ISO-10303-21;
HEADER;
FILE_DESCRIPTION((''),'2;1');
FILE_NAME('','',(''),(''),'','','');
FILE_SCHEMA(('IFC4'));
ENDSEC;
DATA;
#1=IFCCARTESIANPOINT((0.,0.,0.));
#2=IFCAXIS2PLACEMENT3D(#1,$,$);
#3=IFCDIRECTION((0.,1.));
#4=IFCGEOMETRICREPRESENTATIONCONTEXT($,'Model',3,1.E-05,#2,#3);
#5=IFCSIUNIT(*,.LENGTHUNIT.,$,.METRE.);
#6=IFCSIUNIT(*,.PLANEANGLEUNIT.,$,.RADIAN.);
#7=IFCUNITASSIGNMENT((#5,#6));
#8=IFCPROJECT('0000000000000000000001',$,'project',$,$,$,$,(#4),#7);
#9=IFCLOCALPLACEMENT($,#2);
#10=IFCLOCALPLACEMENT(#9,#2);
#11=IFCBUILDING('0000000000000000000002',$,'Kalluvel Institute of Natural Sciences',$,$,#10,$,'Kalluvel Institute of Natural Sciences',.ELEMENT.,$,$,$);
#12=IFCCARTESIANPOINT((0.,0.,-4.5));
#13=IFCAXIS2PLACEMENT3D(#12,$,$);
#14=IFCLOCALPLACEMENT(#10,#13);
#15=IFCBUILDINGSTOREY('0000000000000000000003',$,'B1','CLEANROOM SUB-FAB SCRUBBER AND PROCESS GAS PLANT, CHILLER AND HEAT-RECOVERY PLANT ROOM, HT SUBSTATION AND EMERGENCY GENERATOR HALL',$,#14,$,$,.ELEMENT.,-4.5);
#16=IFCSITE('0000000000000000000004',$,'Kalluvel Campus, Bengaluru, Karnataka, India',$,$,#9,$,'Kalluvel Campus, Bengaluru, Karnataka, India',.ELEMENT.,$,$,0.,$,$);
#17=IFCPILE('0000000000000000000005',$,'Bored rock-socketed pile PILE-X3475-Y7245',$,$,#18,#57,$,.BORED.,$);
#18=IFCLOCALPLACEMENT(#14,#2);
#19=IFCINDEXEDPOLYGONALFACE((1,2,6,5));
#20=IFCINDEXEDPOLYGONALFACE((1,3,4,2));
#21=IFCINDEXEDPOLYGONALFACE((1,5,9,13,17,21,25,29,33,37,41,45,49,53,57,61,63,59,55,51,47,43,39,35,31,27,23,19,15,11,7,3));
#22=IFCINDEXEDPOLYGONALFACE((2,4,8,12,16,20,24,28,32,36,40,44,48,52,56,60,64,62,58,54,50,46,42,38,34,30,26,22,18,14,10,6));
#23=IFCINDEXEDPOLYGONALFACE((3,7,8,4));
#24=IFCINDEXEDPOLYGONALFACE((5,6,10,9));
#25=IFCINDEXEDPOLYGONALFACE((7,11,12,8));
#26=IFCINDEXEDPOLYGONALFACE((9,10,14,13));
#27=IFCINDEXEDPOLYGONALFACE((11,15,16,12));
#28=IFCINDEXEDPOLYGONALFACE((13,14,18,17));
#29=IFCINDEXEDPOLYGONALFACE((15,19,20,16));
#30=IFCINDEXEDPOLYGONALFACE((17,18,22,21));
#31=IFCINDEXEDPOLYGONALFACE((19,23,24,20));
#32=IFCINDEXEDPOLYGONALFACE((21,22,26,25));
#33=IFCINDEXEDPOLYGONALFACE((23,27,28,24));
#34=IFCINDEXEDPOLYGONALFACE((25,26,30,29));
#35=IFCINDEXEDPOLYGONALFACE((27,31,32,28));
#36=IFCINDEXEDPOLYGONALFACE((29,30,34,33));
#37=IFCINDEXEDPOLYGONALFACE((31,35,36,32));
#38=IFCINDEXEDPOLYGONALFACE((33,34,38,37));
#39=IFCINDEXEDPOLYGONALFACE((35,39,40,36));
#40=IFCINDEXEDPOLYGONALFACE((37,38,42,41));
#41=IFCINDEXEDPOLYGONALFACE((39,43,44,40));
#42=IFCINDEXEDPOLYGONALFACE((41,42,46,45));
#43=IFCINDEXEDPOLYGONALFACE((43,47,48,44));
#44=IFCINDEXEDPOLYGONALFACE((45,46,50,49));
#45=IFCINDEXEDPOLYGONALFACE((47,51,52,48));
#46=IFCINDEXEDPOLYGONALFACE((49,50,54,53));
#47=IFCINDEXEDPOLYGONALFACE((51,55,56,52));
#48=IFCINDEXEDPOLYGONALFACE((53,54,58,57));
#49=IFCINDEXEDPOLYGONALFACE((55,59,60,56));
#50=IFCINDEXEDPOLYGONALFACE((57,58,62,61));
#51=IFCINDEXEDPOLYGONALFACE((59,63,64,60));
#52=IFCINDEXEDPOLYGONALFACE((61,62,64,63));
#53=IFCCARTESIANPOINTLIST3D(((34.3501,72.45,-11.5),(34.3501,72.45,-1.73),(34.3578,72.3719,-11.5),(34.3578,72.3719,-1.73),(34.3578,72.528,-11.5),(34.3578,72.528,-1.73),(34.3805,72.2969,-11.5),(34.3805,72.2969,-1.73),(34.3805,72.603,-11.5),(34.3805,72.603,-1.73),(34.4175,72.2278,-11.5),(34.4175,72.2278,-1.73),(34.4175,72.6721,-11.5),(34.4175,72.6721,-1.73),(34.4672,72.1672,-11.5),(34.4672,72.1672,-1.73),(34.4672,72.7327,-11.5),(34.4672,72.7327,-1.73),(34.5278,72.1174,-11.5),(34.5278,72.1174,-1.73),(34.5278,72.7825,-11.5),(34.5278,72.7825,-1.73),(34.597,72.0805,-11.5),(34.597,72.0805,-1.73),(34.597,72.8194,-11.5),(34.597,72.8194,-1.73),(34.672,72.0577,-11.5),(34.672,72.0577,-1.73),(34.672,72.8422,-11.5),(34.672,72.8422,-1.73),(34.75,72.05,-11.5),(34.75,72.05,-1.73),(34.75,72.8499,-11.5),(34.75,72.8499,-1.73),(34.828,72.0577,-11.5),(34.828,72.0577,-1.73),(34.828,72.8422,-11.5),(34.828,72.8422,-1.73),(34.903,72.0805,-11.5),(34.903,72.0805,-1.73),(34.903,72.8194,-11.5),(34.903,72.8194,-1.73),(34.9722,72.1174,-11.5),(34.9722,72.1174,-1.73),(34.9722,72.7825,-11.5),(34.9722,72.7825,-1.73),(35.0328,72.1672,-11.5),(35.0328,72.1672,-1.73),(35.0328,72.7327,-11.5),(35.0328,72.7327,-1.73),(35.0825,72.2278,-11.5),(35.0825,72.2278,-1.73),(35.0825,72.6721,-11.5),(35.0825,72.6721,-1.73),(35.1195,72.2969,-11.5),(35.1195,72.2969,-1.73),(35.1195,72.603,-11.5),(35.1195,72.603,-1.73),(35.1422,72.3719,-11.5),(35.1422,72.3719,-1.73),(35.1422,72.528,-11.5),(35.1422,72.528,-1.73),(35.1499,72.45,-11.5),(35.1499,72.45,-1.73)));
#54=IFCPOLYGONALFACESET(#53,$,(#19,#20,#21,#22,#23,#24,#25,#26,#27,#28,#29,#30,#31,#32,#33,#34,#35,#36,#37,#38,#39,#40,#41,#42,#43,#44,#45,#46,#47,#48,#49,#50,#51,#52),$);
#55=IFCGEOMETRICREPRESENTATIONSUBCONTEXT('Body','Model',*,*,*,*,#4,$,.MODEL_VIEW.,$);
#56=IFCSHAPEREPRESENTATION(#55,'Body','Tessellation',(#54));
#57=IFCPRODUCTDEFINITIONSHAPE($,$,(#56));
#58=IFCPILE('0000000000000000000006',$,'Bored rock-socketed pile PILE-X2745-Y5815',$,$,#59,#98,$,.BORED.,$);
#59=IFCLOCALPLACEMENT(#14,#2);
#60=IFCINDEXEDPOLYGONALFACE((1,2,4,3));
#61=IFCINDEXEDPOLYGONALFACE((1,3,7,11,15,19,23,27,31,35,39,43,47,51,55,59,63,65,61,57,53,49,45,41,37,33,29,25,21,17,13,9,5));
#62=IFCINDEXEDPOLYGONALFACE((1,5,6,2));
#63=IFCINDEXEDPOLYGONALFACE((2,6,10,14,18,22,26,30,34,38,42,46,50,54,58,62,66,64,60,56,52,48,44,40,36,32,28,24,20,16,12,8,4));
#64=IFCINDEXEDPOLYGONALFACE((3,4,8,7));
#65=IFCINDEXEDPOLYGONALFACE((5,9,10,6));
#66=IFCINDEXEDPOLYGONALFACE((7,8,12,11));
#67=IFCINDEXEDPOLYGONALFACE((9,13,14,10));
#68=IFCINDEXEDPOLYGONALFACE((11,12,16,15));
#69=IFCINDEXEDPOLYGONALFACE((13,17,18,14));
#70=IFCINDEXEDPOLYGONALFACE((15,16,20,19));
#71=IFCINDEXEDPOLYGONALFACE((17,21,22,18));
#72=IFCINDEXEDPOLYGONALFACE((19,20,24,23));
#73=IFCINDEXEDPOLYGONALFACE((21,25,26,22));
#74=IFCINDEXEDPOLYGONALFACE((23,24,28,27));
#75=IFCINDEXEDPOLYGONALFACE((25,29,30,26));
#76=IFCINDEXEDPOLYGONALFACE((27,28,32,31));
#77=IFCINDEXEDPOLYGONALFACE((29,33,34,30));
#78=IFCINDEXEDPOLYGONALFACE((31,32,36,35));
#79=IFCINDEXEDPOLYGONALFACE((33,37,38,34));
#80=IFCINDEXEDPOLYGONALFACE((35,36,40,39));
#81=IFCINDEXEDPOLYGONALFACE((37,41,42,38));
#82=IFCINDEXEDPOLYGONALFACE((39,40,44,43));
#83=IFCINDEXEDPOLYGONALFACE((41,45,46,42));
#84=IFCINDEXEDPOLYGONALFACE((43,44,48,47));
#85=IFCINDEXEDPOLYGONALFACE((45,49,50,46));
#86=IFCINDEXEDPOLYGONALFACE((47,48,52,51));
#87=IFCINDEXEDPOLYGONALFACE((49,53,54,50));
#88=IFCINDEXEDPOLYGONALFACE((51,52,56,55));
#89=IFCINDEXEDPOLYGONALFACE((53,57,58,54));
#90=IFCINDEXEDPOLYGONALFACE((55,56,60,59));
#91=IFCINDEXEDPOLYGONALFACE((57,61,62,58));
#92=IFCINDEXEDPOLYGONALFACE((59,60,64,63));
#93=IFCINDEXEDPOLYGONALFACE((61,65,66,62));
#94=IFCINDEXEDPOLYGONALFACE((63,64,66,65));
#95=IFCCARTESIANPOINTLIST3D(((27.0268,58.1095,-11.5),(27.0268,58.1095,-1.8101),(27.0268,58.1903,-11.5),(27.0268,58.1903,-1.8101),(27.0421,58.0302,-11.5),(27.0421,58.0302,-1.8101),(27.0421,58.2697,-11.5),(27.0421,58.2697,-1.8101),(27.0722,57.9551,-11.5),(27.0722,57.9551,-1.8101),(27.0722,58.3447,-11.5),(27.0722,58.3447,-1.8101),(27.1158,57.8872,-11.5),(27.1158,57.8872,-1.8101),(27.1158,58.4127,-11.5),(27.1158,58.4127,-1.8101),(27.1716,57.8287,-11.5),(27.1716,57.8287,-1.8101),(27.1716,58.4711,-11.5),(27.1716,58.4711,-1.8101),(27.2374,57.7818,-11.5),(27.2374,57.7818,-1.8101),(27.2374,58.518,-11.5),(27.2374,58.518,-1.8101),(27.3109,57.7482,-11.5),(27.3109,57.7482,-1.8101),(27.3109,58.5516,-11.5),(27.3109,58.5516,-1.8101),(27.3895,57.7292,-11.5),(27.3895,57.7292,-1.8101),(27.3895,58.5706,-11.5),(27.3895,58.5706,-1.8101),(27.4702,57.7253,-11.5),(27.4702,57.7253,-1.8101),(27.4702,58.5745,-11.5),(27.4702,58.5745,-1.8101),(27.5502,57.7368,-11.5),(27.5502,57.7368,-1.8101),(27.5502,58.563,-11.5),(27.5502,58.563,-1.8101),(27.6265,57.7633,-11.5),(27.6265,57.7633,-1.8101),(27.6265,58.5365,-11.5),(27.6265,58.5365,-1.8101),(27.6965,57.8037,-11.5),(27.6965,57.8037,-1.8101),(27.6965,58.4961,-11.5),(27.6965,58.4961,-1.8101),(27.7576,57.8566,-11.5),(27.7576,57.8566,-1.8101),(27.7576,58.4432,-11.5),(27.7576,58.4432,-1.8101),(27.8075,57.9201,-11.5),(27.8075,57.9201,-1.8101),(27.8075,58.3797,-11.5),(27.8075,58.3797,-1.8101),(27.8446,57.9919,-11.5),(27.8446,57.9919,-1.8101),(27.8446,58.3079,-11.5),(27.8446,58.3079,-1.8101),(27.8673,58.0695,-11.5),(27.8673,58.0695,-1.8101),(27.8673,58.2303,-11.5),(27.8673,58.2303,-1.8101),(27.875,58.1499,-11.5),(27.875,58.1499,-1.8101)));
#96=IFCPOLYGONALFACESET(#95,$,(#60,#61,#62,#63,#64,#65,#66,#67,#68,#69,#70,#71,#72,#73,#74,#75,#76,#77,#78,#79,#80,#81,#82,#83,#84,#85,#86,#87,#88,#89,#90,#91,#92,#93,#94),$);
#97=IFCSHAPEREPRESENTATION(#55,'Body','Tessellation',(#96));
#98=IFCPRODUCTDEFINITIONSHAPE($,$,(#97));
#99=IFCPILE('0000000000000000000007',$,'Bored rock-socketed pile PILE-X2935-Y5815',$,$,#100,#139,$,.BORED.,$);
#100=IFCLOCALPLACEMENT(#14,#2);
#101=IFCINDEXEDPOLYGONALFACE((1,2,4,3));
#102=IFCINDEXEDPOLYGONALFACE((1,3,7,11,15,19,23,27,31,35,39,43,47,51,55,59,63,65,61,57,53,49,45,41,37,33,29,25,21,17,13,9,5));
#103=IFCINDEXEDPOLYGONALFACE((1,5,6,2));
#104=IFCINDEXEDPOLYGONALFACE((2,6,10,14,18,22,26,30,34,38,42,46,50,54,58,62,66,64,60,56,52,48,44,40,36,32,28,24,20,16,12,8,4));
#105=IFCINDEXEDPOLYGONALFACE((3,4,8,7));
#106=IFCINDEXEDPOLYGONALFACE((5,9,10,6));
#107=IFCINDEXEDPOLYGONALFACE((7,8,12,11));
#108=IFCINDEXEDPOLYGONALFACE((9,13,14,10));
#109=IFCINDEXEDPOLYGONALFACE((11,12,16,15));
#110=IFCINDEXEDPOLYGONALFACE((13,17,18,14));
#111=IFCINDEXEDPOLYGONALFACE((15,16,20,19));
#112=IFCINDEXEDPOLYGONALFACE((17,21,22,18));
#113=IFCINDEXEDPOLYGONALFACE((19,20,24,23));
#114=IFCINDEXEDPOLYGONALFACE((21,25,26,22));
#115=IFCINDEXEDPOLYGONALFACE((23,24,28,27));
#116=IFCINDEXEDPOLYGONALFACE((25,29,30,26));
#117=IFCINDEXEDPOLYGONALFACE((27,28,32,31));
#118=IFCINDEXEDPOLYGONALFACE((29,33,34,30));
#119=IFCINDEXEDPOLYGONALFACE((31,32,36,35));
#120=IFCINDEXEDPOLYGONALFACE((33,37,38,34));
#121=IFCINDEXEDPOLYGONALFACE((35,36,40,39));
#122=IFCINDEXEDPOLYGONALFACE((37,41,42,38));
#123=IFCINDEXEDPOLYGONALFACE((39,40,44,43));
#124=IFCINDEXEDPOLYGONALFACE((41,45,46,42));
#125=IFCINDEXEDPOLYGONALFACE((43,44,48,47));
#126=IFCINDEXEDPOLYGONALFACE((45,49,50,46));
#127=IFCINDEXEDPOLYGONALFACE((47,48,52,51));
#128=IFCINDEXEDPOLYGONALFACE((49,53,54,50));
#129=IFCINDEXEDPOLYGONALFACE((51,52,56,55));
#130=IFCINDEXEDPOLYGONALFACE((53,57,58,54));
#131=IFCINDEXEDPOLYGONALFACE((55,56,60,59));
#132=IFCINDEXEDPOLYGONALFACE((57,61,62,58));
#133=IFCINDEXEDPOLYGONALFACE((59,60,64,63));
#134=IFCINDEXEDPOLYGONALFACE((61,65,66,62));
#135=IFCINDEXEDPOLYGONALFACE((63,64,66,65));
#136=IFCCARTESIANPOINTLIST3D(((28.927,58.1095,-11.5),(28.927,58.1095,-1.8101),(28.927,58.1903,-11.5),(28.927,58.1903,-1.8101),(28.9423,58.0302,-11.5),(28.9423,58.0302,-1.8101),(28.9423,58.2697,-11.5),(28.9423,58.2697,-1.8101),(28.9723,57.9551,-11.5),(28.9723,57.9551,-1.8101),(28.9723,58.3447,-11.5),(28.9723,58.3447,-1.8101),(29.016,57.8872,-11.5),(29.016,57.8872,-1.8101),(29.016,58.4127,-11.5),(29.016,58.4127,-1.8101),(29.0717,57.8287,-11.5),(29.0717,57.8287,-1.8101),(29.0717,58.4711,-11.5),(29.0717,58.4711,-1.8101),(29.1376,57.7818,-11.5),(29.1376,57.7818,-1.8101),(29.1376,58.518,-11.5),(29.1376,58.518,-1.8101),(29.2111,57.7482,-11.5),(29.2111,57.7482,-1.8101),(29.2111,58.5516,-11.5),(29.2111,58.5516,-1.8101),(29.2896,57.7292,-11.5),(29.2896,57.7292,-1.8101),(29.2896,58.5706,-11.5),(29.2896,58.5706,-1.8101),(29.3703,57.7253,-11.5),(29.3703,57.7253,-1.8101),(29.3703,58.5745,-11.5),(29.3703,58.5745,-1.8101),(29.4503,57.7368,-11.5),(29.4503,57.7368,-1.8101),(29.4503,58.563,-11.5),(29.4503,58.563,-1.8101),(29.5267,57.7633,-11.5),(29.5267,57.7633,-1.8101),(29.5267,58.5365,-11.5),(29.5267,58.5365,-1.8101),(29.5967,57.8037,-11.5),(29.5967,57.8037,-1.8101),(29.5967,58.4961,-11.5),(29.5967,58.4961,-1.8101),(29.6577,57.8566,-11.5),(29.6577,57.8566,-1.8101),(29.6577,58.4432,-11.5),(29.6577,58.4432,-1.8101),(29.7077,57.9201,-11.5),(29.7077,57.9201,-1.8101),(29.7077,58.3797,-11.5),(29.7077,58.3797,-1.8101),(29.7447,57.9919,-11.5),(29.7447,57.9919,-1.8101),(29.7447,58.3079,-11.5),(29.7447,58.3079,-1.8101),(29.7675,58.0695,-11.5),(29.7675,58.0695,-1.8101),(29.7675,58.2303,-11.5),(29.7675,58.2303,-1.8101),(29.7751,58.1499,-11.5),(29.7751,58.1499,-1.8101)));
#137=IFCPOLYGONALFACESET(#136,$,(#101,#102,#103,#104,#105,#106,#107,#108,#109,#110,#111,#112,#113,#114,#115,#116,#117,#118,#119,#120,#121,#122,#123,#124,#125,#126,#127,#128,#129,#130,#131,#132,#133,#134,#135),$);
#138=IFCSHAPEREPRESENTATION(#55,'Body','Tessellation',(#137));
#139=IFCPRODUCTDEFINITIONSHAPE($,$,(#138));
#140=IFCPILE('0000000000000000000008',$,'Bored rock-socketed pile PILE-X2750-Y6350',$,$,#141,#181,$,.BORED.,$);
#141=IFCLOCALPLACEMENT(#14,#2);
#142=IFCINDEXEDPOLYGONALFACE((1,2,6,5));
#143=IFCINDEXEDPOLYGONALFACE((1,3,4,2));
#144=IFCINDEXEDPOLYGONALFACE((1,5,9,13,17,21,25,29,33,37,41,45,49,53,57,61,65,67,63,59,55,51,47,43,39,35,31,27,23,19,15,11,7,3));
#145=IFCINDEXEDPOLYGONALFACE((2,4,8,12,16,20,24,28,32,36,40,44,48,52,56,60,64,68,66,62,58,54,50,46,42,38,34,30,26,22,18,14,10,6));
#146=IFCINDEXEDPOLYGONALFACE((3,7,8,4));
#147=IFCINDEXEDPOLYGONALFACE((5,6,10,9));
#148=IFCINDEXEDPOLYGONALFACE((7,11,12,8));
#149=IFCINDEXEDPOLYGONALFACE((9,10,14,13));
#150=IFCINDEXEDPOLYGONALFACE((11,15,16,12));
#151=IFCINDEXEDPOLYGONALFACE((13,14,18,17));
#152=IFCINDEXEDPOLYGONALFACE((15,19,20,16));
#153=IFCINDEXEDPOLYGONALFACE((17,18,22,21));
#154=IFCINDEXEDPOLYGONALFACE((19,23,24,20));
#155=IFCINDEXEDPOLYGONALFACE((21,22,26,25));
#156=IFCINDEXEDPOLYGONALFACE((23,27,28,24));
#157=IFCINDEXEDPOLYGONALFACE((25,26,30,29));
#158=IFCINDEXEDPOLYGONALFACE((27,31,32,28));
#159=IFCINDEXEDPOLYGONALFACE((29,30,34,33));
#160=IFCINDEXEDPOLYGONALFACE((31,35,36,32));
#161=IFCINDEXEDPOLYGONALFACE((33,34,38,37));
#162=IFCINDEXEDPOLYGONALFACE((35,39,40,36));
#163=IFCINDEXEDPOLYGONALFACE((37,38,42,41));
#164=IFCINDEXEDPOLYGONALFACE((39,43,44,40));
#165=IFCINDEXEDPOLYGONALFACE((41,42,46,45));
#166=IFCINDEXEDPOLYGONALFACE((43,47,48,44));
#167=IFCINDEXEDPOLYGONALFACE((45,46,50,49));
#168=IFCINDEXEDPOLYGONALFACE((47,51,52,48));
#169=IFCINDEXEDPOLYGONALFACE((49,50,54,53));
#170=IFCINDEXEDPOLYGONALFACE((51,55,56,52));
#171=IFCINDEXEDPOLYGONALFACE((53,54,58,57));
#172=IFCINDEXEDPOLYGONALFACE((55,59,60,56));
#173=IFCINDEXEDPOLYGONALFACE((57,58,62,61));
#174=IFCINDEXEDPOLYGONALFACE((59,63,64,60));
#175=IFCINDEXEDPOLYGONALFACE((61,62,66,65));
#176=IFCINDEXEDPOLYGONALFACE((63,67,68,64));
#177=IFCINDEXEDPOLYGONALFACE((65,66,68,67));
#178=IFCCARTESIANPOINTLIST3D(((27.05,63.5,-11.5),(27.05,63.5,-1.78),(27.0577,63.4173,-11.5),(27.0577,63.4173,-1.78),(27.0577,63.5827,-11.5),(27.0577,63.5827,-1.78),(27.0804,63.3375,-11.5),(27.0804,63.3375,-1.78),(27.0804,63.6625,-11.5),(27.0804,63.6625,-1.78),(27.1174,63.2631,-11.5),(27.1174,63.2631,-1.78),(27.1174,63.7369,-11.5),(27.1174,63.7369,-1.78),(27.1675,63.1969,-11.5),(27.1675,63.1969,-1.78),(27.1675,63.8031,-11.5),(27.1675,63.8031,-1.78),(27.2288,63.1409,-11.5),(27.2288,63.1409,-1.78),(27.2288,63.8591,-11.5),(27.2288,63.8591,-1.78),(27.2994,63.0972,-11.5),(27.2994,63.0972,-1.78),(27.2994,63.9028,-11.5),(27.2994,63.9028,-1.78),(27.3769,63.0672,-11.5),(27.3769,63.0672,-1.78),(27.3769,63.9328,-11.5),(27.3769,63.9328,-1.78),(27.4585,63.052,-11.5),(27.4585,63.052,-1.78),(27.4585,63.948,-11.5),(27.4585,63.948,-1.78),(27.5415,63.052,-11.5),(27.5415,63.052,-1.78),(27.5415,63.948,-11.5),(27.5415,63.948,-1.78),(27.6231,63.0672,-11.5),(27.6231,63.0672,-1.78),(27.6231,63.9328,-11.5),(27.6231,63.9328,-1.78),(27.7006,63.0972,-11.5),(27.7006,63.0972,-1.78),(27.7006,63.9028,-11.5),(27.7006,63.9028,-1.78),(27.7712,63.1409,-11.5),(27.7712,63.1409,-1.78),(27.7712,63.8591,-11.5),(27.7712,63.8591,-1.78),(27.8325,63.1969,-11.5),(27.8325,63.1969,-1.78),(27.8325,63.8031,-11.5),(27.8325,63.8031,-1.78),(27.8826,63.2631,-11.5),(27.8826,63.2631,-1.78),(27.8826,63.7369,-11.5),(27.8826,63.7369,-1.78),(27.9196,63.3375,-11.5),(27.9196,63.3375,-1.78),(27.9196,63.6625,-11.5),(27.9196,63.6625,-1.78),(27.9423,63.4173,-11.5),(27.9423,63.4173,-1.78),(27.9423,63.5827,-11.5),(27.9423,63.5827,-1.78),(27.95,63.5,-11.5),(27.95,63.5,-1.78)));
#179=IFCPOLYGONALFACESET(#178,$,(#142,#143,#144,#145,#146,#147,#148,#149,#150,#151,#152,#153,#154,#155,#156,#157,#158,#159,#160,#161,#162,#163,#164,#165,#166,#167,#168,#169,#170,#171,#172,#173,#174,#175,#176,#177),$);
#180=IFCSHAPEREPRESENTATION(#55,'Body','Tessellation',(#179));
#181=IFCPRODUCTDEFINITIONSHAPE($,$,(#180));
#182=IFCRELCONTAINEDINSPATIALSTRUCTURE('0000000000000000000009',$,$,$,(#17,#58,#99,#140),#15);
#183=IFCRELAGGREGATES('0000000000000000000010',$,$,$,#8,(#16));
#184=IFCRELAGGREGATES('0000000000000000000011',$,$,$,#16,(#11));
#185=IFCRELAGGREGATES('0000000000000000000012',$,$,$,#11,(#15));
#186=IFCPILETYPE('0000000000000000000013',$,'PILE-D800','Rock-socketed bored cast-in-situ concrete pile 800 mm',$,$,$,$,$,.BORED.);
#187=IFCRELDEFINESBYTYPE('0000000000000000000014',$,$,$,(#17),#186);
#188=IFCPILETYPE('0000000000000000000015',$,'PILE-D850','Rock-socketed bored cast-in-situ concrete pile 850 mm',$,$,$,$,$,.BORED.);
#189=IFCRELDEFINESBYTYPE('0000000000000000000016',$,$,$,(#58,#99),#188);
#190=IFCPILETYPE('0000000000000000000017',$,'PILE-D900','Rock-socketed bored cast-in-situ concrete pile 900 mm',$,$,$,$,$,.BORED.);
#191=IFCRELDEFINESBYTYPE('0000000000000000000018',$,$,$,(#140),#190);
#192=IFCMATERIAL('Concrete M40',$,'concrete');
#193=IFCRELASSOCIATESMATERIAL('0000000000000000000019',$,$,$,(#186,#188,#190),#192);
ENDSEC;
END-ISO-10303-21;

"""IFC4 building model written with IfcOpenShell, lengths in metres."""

from ifc_helpers import new_model, si_unit, direction, frame, origin, origin_2d, place, context, subcontext, project, spatial, circle, extrude, material, material_profile, profile_set, type_object, element, save


model = new_model("IFC4")

# Units and contexts
model_context = context("Model", 3, precision=1e-05, world=origin(), true_north=direction((0.0, 1.0)))
body_context = subcontext(model_context, "Body", "Model", "MODEL_VIEW")
ifc_project = project(units=[si_unit("LENGTHUNIT", "METRE"), si_unit("PLANEANGLEUNIT", "RADIAN")], contexts=[model_context])

# Site, building, storey
site_placement = place(None, origin())
site = spatial("IfcSite", under=ifc_project, at=site_placement, Name="Kalluvel Campus, Bengaluru, Karnataka, India", LongName="Kalluvel Campus, Bengaluru, Karnataka, India", CompositionType="ELEMENT", RefElevation=0.0)
building_placement = place(site_placement, origin())
building = spatial("IfcBuilding", under=site, at=building_placement, Name="Kalluvel Institute of Natural Sciences", LongName="Kalluvel Institute of Natural Sciences", CompositionType="ELEMENT")
storey_placement = place(building_placement, frame((0.0, 0.0, -4.5)))
storey = spatial("IfcBuildingStorey", under=building, at=storey_placement, Name="B1", Description="CLEANROOM SUB-FAB SCRUBBER AND PROCESS GAS PLANT, CHILLER AND HEAT-RECOVERY PLANT ROOM, HT SUBSTATION AND EMERGENCY GENERATOR HALL", CompositionType="ELEMENT", Elevation=-4.5)

# Shared definitions
ifc_material_1 = material(Name="Concrete M40", Category="concrete")

# Piles
ifc_material_profile_1 = material_profile(ifc_material_1, circle(Radius=0.3999, at=origin_2d()), Name="PILE D800")
ifc_profile_set_1 = profile_set([ifc_material_profile_1], Name="Concrete M40")
pile_type_1 = type_object("IfcPileType", Name="PILE-D800", Description="Rock-socketed bored cast-in-situ concrete pile 800 mm", PredefinedType="BORED", material=ifc_profile_set_1)
for number, where, z_axis, x_axis, name in (
    (1, (34.75, 72.45, -1.73), (0.0, 0.0, -1.0), (1.0, 0.0, 0.0), "Bored rock-socketed pile PILE-X3475-Y7245"),
):
    element("IfcPile", number, at=place(storey_placement, frame(where, z_axis=z_axis, x_axis=x_axis)), inside=storey, type_object=pile_type_1, Name=name, PredefinedType="BORED", context=body_context, shape_type="SweptSolid", body=[
        extrude(circle(Radius=0.3999, at=origin_2d()), origin(), (0.0, 0.0, 1.0), 9.77),
    ])
ifc_material_profile_2 = material_profile(ifc_material_1, circle(Radius=0.425, at=origin_2d()), Name="PILE D850")
ifc_profile_set_2 = profile_set([ifc_material_profile_2], Name="Concrete M40")
pile_type_2 = type_object("IfcPileType", Name="PILE-D850", Description="Rock-socketed bored cast-in-situ concrete pile 850 mm", PredefinedType="BORED", material=ifc_profile_set_2)
for number, where, z_axis, x_axis, name in (
    (2, (27.45, 58.1499, -1.8101), (0.0, 0.0, -1.0), (1.0, 0.0, 0.0), "Bored rock-socketed pile PILE-X2745-Y5815"),
    (3, (29.3501, 58.1499, -1.8101), (0.0, 0.0, -1.0), (1.0, 0.0, 0.0), "Bored rock-socketed pile PILE-X2935-Y5815"),
):
    element("IfcPile", number, at=place(storey_placement, frame(where, z_axis=z_axis, x_axis=x_axis)), inside=storey, type_object=pile_type_2, Name=name, PredefinedType="BORED", context=body_context, shape_type="SweptSolid", body=[
        extrude(circle(Radius=0.425, at=origin_2d()), origin(), (0.0, 0.0, 1.0), 9.6899),
    ])
ifc_material_profile_3 = material_profile(ifc_material_1, circle(Radius=0.45, at=origin_2d()), Name="PILE D900")
ifc_profile_set_3 = profile_set([ifc_material_profile_3], Name="Concrete M40")
pile_type_3 = type_object("IfcPileType", Name="PILE-D900", Description="Rock-socketed bored cast-in-situ concrete pile 900 mm", PredefinedType="BORED", material=ifc_profile_set_3)
for number, where, z_axis, x_axis, name in (
    (4, (27.5, 63.5, -1.78), (0.0, 0.0, -1.0), (1.0, 0.0, 0.0), "Bored rock-socketed pile PILE-X2750-Y6350"),
):
    element("IfcPile", number, at=place(storey_placement, frame(where, z_axis=z_axis, x_axis=x_axis)), inside=storey, type_object=pile_type_3, Name=name, PredefinedType="BORED", context=body_context, shape_type="SweptSolid", body=[
        extrude(circle(Radius=0.45, at=origin_2d()), origin(), (0.0, 0.0, 1.0), 9.72),
    ])

save(model, "model.ifc")
